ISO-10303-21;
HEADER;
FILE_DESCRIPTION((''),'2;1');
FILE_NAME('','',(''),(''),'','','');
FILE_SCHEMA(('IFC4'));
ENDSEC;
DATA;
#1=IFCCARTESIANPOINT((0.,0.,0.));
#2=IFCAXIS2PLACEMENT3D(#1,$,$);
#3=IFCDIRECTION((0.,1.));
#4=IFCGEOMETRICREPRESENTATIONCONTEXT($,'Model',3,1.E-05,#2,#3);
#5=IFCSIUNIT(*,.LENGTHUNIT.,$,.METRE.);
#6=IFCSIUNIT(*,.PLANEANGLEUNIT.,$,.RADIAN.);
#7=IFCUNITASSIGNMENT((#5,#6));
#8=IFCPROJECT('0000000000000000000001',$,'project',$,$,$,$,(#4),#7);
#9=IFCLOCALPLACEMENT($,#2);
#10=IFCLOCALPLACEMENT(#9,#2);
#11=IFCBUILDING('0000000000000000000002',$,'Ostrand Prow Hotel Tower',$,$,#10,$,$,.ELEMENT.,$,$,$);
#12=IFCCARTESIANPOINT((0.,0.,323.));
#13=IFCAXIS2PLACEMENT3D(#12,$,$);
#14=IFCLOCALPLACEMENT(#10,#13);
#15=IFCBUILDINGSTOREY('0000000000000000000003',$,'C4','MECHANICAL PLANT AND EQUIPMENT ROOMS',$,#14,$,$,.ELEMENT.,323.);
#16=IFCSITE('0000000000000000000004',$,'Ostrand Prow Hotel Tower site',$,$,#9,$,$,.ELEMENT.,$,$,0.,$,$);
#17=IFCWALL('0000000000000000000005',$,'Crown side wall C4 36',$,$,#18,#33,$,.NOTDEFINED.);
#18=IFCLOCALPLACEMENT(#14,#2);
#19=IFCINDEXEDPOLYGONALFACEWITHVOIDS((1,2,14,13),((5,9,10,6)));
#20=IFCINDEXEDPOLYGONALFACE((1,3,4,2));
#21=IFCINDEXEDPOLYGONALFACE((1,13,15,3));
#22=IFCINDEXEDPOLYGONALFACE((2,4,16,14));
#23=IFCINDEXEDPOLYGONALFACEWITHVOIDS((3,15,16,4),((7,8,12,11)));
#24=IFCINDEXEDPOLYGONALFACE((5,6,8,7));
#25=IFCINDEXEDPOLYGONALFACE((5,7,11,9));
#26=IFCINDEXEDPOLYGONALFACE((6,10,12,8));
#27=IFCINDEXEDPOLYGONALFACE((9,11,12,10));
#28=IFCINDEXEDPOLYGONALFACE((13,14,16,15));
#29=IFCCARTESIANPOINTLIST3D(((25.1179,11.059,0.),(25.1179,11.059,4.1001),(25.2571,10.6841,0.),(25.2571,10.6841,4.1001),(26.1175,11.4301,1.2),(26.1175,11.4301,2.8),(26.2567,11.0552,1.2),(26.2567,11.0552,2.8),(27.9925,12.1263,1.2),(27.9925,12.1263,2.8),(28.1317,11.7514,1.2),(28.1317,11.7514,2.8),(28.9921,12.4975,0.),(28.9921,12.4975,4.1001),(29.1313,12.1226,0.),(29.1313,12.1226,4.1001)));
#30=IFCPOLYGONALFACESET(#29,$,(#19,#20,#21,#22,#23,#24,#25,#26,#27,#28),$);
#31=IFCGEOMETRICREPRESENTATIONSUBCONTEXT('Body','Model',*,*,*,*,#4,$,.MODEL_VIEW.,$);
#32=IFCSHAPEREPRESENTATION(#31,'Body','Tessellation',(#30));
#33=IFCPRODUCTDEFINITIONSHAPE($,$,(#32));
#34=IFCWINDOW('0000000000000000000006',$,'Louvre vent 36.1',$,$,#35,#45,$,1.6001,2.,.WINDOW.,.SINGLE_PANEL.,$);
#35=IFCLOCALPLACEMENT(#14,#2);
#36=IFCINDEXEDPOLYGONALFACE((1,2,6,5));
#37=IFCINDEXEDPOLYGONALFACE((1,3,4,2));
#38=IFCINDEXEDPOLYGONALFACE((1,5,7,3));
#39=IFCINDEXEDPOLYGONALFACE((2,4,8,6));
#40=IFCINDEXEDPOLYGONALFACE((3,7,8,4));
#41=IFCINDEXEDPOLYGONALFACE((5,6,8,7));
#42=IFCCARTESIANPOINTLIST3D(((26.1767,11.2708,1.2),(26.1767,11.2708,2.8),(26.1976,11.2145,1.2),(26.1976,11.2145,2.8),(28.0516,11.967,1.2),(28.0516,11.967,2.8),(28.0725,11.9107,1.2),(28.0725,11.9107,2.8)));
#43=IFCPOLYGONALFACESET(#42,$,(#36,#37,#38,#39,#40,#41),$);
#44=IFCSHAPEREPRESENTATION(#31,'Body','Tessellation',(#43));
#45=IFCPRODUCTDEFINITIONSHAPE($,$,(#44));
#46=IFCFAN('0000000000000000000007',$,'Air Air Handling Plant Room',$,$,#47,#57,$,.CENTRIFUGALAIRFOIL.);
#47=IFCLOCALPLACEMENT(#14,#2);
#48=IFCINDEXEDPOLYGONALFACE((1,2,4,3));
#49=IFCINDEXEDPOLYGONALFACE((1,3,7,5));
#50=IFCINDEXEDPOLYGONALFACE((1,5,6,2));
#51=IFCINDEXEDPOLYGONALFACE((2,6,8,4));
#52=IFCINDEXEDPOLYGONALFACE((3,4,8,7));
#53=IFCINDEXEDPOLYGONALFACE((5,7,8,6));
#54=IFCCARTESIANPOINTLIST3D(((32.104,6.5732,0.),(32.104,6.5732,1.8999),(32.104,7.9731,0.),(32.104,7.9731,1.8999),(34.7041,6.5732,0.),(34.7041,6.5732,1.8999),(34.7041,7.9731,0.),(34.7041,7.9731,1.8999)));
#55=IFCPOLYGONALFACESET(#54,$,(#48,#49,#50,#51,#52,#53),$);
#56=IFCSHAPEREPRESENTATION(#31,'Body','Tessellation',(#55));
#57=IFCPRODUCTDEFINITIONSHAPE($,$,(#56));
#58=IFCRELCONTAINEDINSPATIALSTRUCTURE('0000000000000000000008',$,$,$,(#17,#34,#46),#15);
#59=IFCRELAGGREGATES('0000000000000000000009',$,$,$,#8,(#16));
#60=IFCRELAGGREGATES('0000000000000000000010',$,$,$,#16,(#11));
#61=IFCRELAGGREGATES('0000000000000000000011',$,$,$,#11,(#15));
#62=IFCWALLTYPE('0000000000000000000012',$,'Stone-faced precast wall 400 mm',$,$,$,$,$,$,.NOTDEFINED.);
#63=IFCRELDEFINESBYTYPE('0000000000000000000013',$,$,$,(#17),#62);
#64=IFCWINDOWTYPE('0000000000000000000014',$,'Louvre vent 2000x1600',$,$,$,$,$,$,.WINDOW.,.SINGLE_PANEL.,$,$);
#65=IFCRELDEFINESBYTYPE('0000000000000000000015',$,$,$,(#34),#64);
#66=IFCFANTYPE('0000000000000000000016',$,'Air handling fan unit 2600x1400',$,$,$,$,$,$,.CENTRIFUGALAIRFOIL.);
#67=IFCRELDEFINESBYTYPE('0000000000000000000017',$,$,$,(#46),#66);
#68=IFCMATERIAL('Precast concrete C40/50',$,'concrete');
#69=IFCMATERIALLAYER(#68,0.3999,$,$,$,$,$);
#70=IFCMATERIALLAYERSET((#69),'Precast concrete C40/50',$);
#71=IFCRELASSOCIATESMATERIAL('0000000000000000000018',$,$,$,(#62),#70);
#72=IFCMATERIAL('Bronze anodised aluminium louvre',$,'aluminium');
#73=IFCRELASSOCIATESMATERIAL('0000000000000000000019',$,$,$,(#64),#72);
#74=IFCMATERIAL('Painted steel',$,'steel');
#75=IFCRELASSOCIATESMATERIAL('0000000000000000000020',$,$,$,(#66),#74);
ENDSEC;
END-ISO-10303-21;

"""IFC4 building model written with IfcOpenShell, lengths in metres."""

from ifc_helpers import new_model, si_unit, direction, frame, frame_2d, origin, origin_2d, place, context, subcontext, project, spatial, rectangle, extrude, material, layer, layer_set, type_object, element, fill, save


model = new_model("IFC4")

# Units and contexts
model_context = context("Model", 3, precision=1e-05, world=origin(), true_north=direction((0.0, 1.0)))
body_context = subcontext(model_context, "Body", "Model", "MODEL_VIEW")
ifc_project = project(units=[si_unit("LENGTHUNIT", "METRE"), si_unit("PLANEANGLEUNIT", "RADIAN")], contexts=[model_context])

# Site, building, storey
site_placement = place(None, origin())
site = spatial("IfcSite", under=ifc_project, at=site_placement, Name="Ostrand Prow Hotel Tower site", CompositionType="ELEMENT", RefElevation=0.0)
building_placement = place(site_placement, origin())
building = spatial("IfcBuilding", under=site, at=building_placement, Name="Ostrand Prow Hotel Tower", CompositionType="ELEMENT")
storey_placement = place(building_placement, frame((0.0, 0.0, 323.0)))
storey = spatial("IfcBuildingStorey", under=building, at=storey_placement, Name="C4", Description="MECHANICAL PLANT AND EQUIPMENT ROOMS", CompositionType="ELEMENT", Elevation=323.0)

# Wall, opening, window
ifc_material_1 = material(Name="Precast concrete C40/50", Category="concrete")
ifc_layer_1 = layer(ifc_material_1, 0.3999)
ifc_layer_set_1 = layer_set([ifc_layer_1], Name="Precast concrete C40/50")
wall_type_1 = type_object("IfcWallType", Name="Stone-faced precast wall 400 mm", PredefinedType="NOTDEFINED", material=ifc_layer_set_1)
ifc_material_2 = material(Name="Bronze anodised aluminium louvre", Category="aluminium")
window_type = type_object("IfcWindowType", Name="Louvre vent 2000x1600", PartitioningType="SINGLE_PANEL", PredefinedType="WINDOW", material=ifc_material_2)
wall_1_placement = place(storey_placement, frame((29.0618, 12.3101, 0.0), z_axis=(0.0, 0.0, 1.0), x_axis=(-0.937461, -0.348092, 0.0)))
wall_1 = element("IfcWall", 1, at=wall_1_placement, inside=storey, type_object=wall_type_1, Name="Crown side wall C4 36", PredefinedType="NOTDEFINED", context=body_context, shape_type="SweptSolid", body=[
    extrude(rectangle(XDim=4.1326, YDim=0.3999, at=frame_2d((2.0664, 0.0))), origin(), (0.0, 0.0, 1.0), 4.1001),
])
opening_1_placement = place(wall_1_placement, frame((1.0664, 0.0, 1.2)))
opening_1 = element("IfcOpeningElement", 2, at=opening_1_placement, cuts=wall_1, PredefinedType="OPENING", context=body_context, shape_type="SweptSolid", body=[
    extrude(rectangle(XDim=2.0, YDim=1.6001, at=frame_2d((1.0, 0.8))), frame((0.0, 0.21, 0.0), z_axis=(0.0, -1.0, 0.0), x_axis=(1.0, 0.0, 0.0)), (0.0, 0.0, 1.0), 0.4199),
])
window_1_placement = place(opening_1_placement, origin())
window_1 = element("IfcWindow", 3, at=window_1_placement, inside=storey, type_object=window_type, Name="Louvre vent 36.1", OverallHeight=1.6001, OverallWidth=2.0, PartitioningType="SINGLE_PANEL", PredefinedType="WINDOW", context=body_context, shape_type="SweptSolid", body=[
    extrude(rectangle(XDim=2.0, YDim=1.6001, at=frame_2d((1.0, 0.8))), frame((0.0, 0.03, 0.0), z_axis=(0.0, -1.0, 0.0), x_axis=(1.0, 0.0, 0.0)), (0.0, 0.0, 1.0), 0.0601),
])
fill(opening_1, window_1)

# Fan
ifc_material_3 = material(Name="Painted steel", Category="steel")
fan_type = type_object("IfcFanType", Name="Air handling fan unit 2600x1400", PredefinedType="CENTRIFUGALAIRFOIL", material=ifc_material_3)
fan_placement = place(storey_placement, frame((33.4041, 7.2732, 0.0), z_axis=(0.0, 0.0, 1.0), x_axis=(1.0, 0.0, 0.0)))
element("IfcFan", 4, at=fan_placement, inside=storey, type_object=fan_type, Name="Air Air Handling Plant Room", PredefinedType="CENTRIFUGALAIRFOIL", context=body_context, shape_type="SweptSolid", body=[
    extrude(rectangle(XDim=2.6001, YDim=1.3999, at=origin_2d()), origin(), (0.0, 0.0, 1.0), 1.8999),
])

save(model, "model.ifc")
